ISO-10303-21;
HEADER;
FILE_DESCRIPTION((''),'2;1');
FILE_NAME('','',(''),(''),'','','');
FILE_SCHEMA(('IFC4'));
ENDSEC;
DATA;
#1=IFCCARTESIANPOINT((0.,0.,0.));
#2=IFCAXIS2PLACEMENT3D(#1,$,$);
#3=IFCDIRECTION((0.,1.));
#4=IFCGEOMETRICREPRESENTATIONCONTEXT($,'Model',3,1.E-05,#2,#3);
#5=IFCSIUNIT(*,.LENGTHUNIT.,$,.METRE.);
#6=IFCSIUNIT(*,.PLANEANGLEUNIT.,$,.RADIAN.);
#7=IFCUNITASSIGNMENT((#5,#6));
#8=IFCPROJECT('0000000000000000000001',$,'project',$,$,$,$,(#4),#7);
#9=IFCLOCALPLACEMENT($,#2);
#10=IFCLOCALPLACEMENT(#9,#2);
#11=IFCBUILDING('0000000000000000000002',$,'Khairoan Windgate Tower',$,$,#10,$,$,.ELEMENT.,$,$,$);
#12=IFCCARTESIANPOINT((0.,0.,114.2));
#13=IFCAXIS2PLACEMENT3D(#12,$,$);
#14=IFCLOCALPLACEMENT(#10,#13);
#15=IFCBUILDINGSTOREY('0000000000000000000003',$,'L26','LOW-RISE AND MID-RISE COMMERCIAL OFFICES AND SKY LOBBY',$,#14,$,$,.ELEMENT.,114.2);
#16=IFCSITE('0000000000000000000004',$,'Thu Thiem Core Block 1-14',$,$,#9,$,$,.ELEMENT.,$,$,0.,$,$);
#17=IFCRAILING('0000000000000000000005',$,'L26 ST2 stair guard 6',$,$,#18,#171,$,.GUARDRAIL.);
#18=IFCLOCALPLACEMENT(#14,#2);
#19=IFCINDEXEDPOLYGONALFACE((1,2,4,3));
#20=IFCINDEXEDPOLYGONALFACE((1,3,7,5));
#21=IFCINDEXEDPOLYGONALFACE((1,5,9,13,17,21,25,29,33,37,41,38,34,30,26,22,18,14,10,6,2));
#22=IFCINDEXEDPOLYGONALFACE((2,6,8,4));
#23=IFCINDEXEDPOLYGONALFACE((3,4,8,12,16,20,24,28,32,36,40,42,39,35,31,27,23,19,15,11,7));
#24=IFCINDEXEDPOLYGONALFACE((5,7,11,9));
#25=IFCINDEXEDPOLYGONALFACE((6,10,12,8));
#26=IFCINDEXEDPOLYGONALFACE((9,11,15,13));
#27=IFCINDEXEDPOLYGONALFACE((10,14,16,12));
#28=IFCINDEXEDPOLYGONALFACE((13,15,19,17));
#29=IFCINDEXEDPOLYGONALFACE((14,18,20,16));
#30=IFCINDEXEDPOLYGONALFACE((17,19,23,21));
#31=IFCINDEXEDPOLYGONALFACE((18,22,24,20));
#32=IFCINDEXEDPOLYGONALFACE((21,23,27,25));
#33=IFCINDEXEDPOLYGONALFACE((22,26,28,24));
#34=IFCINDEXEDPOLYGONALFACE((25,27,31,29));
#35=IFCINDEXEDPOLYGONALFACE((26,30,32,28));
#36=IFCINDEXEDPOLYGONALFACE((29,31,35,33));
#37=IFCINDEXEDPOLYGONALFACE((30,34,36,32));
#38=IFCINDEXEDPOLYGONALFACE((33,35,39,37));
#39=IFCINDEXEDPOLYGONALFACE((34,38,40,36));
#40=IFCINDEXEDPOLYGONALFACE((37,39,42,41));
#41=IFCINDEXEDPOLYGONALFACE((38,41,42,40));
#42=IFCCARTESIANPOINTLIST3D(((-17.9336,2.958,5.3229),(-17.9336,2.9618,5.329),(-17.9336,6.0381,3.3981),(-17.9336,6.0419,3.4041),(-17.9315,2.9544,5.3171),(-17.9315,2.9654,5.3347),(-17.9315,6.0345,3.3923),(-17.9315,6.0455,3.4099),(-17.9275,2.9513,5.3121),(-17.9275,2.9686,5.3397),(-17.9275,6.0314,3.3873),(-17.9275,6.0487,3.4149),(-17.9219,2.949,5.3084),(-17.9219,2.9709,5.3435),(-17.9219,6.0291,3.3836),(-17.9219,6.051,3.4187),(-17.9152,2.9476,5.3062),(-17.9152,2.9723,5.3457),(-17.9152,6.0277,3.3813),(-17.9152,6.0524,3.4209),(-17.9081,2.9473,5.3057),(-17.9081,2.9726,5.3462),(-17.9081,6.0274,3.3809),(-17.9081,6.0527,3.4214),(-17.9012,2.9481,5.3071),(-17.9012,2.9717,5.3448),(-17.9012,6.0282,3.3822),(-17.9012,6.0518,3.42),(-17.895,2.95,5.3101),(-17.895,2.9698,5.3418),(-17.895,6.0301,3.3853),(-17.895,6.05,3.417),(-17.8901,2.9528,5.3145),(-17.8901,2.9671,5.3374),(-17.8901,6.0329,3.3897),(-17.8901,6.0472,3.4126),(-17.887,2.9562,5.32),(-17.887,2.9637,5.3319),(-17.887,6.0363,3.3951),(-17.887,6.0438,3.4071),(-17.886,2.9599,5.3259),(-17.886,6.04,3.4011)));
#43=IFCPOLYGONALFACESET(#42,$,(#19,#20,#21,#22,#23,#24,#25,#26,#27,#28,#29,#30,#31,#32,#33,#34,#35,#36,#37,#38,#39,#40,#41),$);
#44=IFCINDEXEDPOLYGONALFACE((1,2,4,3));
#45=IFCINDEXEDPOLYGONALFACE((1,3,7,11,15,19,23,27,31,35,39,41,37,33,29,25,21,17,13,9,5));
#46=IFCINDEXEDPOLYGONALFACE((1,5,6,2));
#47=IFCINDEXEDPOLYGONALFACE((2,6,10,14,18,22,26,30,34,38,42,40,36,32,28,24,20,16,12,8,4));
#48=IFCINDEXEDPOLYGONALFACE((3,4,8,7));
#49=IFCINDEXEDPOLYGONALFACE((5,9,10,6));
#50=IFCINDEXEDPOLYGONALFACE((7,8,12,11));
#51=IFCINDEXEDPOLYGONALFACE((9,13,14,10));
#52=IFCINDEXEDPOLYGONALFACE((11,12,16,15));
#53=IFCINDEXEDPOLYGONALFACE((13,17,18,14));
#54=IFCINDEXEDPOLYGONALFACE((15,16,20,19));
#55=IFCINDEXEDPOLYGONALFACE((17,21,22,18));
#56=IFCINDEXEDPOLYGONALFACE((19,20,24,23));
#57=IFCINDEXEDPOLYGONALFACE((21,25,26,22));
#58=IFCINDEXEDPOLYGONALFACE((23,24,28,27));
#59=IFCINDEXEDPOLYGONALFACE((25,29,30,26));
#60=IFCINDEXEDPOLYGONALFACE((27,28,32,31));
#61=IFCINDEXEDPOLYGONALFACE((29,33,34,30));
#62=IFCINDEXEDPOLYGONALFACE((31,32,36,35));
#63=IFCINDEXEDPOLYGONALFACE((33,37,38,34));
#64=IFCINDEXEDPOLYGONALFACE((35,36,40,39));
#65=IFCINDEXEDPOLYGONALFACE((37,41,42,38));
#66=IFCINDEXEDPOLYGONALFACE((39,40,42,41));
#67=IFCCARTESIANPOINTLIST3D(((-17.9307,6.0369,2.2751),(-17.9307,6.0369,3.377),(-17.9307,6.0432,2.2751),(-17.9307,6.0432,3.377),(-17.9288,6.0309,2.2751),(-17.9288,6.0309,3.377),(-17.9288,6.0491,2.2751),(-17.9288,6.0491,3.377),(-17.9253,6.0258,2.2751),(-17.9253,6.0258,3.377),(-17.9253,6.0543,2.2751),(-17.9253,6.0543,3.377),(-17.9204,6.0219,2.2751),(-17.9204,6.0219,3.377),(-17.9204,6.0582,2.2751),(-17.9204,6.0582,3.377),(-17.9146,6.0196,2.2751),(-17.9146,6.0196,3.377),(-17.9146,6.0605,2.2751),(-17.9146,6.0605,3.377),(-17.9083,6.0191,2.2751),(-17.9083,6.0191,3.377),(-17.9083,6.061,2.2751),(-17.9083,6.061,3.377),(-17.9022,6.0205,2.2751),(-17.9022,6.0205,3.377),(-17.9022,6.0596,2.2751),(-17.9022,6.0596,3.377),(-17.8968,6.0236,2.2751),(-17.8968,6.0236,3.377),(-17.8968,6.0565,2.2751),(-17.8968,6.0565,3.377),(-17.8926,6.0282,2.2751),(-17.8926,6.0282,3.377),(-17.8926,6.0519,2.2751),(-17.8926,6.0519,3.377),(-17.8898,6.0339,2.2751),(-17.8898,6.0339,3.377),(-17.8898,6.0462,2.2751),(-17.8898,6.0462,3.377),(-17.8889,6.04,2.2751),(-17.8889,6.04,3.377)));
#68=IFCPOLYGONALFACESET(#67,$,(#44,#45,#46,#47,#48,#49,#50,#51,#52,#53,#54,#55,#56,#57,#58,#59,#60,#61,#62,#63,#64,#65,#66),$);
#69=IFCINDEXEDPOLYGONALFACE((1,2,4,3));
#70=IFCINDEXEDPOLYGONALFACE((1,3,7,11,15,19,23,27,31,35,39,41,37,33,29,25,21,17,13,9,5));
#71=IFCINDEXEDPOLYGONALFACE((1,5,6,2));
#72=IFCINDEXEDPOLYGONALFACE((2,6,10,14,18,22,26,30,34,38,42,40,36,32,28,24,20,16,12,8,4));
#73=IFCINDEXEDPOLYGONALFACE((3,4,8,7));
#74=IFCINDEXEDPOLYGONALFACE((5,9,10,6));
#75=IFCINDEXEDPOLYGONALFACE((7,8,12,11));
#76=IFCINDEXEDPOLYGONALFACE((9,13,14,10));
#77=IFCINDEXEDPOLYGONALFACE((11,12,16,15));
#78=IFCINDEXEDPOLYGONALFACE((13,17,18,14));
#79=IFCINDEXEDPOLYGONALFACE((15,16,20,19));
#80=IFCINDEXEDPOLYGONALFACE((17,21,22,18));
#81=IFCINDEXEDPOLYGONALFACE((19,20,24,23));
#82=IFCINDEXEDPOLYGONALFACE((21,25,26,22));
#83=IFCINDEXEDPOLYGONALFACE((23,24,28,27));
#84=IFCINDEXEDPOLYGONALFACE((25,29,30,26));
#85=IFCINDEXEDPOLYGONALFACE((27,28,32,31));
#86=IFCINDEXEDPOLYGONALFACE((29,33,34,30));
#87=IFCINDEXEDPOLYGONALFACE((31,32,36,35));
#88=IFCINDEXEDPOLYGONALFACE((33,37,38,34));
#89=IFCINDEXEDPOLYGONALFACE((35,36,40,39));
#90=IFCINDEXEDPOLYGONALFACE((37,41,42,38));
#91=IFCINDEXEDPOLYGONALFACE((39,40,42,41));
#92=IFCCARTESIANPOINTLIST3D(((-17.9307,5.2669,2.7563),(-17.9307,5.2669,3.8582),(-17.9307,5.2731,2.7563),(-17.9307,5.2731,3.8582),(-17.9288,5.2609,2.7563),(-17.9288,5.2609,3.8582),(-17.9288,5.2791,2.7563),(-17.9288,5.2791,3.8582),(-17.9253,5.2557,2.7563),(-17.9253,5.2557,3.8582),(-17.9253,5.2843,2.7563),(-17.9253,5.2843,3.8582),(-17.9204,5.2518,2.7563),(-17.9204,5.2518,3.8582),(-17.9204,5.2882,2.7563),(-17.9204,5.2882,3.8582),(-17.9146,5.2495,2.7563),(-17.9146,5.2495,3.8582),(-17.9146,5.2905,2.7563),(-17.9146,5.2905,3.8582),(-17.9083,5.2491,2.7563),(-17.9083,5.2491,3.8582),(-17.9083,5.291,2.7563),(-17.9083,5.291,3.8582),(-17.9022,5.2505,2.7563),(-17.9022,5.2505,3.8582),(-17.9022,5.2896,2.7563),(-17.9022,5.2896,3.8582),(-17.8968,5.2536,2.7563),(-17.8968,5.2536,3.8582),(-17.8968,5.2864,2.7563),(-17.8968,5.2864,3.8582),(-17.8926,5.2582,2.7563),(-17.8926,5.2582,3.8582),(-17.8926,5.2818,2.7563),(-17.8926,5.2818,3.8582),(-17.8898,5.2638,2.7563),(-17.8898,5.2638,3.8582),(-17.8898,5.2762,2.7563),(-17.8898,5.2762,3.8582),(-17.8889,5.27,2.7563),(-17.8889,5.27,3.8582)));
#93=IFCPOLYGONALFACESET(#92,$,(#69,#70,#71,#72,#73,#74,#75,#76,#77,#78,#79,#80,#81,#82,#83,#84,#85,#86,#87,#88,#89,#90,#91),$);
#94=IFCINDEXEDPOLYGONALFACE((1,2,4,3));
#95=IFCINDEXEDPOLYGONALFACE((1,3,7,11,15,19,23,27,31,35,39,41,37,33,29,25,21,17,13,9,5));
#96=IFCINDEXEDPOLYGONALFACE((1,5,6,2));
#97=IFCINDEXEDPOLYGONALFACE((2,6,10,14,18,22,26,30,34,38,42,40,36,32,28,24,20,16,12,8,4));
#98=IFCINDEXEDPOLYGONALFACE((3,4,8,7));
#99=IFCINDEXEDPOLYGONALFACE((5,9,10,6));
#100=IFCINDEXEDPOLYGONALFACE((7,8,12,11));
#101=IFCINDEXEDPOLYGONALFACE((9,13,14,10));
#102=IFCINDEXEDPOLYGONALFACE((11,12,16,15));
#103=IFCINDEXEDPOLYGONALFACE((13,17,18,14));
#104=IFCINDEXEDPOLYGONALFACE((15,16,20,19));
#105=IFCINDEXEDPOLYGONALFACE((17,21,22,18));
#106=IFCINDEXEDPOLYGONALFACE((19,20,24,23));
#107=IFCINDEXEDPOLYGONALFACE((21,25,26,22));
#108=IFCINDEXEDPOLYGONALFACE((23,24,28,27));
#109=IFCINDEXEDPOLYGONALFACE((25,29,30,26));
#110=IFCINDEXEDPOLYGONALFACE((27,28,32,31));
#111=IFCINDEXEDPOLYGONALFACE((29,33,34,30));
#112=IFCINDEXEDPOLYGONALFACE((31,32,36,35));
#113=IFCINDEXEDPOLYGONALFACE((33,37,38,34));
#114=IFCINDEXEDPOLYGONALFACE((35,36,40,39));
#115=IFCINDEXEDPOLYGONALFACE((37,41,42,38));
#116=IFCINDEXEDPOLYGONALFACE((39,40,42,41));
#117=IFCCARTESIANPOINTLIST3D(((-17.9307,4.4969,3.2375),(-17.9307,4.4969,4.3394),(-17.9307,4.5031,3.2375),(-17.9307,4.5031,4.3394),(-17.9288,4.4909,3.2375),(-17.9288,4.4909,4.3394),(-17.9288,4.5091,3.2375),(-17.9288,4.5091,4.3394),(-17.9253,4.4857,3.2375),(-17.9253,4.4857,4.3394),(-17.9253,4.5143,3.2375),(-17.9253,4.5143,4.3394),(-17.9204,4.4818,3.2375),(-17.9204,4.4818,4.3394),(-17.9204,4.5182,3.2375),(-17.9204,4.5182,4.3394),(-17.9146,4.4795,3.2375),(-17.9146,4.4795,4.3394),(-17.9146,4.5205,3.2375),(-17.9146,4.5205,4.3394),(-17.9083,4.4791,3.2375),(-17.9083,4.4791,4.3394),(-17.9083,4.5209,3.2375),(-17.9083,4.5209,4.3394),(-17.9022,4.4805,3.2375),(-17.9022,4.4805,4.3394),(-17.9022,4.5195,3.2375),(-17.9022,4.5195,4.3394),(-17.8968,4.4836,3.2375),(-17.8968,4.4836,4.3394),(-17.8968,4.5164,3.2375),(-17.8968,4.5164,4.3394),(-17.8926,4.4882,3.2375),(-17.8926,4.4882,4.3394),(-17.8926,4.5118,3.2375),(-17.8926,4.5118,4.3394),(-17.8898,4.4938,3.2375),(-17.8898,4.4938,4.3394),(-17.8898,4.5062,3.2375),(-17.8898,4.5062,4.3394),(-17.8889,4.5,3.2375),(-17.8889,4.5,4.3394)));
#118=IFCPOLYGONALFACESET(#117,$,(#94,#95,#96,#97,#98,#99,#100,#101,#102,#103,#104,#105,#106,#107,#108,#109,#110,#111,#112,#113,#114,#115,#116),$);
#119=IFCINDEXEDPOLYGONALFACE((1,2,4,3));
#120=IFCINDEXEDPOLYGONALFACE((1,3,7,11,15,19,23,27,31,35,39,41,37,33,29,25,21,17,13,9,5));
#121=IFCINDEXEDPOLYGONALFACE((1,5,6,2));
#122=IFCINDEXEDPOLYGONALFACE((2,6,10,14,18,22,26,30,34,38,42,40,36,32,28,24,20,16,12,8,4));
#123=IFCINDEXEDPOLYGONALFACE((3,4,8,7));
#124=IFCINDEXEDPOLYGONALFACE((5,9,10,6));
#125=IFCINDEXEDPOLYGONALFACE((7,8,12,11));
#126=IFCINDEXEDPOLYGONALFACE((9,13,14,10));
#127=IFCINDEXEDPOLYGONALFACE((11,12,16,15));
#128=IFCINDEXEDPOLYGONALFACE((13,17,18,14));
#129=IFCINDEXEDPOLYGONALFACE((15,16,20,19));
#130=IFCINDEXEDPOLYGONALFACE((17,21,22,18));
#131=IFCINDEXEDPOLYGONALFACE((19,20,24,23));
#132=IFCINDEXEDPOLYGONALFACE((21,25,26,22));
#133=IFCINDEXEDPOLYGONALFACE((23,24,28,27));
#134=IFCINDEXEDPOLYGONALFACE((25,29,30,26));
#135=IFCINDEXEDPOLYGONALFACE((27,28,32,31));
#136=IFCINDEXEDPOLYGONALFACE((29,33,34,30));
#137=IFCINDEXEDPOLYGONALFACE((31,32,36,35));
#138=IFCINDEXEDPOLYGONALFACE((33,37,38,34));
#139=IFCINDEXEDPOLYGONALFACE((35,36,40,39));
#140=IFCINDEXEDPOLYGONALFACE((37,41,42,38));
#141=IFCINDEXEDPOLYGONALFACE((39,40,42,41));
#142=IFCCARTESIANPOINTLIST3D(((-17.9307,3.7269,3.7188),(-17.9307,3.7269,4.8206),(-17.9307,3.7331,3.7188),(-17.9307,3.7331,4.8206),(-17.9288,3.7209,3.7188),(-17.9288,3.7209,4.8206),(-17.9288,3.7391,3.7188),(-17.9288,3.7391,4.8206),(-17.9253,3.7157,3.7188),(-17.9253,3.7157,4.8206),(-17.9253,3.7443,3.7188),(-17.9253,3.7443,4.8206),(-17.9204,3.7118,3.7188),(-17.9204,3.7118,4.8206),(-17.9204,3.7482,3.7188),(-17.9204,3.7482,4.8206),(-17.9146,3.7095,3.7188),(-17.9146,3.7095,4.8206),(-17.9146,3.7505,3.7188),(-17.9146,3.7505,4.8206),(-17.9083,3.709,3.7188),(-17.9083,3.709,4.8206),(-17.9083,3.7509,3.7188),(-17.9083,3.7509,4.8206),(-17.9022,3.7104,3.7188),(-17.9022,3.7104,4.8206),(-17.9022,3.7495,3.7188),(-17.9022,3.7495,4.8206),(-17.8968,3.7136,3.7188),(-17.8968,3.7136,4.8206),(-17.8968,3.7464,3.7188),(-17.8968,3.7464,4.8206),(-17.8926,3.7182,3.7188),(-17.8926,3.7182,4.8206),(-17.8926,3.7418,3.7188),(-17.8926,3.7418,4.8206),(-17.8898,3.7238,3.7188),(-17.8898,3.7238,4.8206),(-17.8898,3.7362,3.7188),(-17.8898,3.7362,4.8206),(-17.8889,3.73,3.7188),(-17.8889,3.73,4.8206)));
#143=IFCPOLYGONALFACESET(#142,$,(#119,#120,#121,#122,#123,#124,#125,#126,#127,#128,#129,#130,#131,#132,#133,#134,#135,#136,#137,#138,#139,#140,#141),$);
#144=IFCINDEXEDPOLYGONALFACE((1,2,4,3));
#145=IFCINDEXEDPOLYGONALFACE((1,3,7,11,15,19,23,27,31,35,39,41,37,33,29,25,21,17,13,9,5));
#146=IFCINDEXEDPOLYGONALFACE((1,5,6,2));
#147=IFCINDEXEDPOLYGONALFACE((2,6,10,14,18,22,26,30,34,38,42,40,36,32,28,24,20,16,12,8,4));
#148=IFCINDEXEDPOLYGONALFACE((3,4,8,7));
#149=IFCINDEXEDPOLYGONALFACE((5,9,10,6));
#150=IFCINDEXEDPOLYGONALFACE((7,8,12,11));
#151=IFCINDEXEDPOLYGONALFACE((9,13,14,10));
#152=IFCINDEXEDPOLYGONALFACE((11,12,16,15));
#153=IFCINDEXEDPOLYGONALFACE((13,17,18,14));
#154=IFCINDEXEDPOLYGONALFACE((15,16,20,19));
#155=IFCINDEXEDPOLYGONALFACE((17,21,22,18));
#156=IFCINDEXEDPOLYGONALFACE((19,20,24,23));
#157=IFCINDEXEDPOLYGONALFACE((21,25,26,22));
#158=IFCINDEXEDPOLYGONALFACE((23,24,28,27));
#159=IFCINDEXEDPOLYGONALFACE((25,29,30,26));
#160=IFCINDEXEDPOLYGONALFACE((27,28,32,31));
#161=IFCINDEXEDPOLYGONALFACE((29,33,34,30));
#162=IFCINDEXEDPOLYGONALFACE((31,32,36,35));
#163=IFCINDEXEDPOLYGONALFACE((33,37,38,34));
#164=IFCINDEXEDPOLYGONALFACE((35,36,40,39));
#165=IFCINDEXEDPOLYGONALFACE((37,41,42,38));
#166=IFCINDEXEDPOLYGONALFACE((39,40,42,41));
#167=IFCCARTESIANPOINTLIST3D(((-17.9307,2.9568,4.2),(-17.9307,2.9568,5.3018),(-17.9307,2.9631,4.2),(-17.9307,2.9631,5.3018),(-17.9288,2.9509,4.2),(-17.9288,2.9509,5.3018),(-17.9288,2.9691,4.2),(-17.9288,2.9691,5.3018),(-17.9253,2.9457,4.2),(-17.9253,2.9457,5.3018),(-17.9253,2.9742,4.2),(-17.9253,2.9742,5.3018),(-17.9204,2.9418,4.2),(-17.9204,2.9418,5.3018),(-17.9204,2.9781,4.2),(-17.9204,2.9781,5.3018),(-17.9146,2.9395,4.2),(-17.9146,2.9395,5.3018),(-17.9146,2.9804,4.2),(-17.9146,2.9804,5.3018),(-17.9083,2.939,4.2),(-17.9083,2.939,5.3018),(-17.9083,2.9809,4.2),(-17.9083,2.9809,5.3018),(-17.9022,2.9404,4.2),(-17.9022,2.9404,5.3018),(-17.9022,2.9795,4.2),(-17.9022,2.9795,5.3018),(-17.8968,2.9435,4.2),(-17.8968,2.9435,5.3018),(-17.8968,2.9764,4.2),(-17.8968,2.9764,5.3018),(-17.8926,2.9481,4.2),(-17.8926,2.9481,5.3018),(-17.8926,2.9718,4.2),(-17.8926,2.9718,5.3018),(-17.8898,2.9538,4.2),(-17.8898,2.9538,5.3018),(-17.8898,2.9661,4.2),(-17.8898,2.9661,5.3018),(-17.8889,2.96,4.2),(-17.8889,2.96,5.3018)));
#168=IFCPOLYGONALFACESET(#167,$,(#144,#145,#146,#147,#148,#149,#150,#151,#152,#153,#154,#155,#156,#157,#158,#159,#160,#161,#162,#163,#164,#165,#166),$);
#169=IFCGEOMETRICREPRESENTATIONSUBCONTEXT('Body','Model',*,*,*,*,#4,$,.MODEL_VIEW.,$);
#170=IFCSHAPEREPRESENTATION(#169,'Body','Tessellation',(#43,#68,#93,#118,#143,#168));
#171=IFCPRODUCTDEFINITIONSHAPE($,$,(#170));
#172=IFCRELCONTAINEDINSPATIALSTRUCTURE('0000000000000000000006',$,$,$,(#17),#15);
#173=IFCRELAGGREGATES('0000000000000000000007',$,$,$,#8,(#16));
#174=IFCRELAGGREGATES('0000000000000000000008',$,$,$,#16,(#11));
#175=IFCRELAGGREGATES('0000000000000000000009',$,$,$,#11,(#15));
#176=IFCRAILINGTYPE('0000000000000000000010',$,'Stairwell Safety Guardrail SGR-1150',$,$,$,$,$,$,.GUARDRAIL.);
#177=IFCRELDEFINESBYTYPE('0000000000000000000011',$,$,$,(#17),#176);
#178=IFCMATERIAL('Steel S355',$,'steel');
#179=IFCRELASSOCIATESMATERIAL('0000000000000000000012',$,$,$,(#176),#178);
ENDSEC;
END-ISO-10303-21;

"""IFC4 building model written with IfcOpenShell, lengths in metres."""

from ifc_helpers import new_model, si_unit, direction, frame, origin, origin_2d, place, context, subcontext, project, spatial, circle, extrude, material, type_object, element, save


model = new_model("IFC4")

# Units and contexts
model_context = context("Model", 3, precision=1e-05, world=origin(), true_north=direction((0.0, 1.0)))
body_context = subcontext(model_context, "Body", "Model", "MODEL_VIEW")
ifc_project = project(units=[si_unit("LENGTHUNIT", "METRE"), si_unit("PLANEANGLEUNIT", "RADIAN")], contexts=[model_context])

# Site, building, storey
site_placement = place(None, origin())
site = spatial("IfcSite", under=ifc_project, at=site_placement, Name="Thu Thiem Core Block 1-14", CompositionType="ELEMENT", RefElevation=0.0)
building_placement = place(site_placement, origin())
building = spatial("IfcBuilding", under=site, at=building_placement, Name="Khairoan Windgate Tower", CompositionType="ELEMENT")
storey_placement = place(building_placement, frame((0.0, 0.0, 114.2)))
storey = spatial("IfcBuildingStorey", under=building, at=storey_placement, Name="L26", Description="LOW-RISE AND MID-RISE COMMERCIAL OFFICES AND SKY LOBBY", CompositionType="ELEMENT", Elevation=114.2)

# Railing
ifc_material_1 = material(Name="Steel S355", Category="steel")
railing_type_1 = type_object("IfcRailingType", Name="Stairwell Safety Guardrail SGR-1150", PredefinedType="GUARDRAIL", material=ifc_material_1)
railing_1_placement = place(storey_placement, frame((-17.9099, 6.04, 2.2751)))
element("IfcRailing", 1, at=railing_1_placement, inside=storey, type_object=railing_type_1, Name="L26 ST2 stair guard 6", PredefinedType="GUARDRAIL", context=body_context, shape_type="SweptSolid", body=[
    extrude(circle(Radius=0.0239, at=origin_2d()), frame((0.0, 0.0, 1.126), z_axis=(0.0, -0.848029, 0.529951), x_axis=(1.0, 0.0, 0.0)), (0.0, 0.0, 1.0), 3.6321),
    extrude(circle(Radius=0.021, at=origin_2d()), origin(), (0.0, 0.0, 1.0), 1.1018),
    extrude(circle(Radius=0.021, at=origin_2d()), frame((0.0, -0.77, 0.4812)), (0.0, 0.0, 1.0), 1.1018),
    extrude(circle(Radius=0.021, at=origin_2d()), frame((0.0, -1.54, 0.9624)), (0.0, 0.0, 1.0), 1.1018),
    extrude(circle(Radius=0.021, at=origin_2d()), frame((0.0, -2.3101, 1.4436)), (0.0, 0.0, 1.0), 1.1018),
    extrude(circle(Radius=0.021, at=origin_2d()), frame((0.0, -3.0801, 1.9248)), (0.0, 0.0, 1.0), 1.1018),
])

save(model, "model.ifc")
